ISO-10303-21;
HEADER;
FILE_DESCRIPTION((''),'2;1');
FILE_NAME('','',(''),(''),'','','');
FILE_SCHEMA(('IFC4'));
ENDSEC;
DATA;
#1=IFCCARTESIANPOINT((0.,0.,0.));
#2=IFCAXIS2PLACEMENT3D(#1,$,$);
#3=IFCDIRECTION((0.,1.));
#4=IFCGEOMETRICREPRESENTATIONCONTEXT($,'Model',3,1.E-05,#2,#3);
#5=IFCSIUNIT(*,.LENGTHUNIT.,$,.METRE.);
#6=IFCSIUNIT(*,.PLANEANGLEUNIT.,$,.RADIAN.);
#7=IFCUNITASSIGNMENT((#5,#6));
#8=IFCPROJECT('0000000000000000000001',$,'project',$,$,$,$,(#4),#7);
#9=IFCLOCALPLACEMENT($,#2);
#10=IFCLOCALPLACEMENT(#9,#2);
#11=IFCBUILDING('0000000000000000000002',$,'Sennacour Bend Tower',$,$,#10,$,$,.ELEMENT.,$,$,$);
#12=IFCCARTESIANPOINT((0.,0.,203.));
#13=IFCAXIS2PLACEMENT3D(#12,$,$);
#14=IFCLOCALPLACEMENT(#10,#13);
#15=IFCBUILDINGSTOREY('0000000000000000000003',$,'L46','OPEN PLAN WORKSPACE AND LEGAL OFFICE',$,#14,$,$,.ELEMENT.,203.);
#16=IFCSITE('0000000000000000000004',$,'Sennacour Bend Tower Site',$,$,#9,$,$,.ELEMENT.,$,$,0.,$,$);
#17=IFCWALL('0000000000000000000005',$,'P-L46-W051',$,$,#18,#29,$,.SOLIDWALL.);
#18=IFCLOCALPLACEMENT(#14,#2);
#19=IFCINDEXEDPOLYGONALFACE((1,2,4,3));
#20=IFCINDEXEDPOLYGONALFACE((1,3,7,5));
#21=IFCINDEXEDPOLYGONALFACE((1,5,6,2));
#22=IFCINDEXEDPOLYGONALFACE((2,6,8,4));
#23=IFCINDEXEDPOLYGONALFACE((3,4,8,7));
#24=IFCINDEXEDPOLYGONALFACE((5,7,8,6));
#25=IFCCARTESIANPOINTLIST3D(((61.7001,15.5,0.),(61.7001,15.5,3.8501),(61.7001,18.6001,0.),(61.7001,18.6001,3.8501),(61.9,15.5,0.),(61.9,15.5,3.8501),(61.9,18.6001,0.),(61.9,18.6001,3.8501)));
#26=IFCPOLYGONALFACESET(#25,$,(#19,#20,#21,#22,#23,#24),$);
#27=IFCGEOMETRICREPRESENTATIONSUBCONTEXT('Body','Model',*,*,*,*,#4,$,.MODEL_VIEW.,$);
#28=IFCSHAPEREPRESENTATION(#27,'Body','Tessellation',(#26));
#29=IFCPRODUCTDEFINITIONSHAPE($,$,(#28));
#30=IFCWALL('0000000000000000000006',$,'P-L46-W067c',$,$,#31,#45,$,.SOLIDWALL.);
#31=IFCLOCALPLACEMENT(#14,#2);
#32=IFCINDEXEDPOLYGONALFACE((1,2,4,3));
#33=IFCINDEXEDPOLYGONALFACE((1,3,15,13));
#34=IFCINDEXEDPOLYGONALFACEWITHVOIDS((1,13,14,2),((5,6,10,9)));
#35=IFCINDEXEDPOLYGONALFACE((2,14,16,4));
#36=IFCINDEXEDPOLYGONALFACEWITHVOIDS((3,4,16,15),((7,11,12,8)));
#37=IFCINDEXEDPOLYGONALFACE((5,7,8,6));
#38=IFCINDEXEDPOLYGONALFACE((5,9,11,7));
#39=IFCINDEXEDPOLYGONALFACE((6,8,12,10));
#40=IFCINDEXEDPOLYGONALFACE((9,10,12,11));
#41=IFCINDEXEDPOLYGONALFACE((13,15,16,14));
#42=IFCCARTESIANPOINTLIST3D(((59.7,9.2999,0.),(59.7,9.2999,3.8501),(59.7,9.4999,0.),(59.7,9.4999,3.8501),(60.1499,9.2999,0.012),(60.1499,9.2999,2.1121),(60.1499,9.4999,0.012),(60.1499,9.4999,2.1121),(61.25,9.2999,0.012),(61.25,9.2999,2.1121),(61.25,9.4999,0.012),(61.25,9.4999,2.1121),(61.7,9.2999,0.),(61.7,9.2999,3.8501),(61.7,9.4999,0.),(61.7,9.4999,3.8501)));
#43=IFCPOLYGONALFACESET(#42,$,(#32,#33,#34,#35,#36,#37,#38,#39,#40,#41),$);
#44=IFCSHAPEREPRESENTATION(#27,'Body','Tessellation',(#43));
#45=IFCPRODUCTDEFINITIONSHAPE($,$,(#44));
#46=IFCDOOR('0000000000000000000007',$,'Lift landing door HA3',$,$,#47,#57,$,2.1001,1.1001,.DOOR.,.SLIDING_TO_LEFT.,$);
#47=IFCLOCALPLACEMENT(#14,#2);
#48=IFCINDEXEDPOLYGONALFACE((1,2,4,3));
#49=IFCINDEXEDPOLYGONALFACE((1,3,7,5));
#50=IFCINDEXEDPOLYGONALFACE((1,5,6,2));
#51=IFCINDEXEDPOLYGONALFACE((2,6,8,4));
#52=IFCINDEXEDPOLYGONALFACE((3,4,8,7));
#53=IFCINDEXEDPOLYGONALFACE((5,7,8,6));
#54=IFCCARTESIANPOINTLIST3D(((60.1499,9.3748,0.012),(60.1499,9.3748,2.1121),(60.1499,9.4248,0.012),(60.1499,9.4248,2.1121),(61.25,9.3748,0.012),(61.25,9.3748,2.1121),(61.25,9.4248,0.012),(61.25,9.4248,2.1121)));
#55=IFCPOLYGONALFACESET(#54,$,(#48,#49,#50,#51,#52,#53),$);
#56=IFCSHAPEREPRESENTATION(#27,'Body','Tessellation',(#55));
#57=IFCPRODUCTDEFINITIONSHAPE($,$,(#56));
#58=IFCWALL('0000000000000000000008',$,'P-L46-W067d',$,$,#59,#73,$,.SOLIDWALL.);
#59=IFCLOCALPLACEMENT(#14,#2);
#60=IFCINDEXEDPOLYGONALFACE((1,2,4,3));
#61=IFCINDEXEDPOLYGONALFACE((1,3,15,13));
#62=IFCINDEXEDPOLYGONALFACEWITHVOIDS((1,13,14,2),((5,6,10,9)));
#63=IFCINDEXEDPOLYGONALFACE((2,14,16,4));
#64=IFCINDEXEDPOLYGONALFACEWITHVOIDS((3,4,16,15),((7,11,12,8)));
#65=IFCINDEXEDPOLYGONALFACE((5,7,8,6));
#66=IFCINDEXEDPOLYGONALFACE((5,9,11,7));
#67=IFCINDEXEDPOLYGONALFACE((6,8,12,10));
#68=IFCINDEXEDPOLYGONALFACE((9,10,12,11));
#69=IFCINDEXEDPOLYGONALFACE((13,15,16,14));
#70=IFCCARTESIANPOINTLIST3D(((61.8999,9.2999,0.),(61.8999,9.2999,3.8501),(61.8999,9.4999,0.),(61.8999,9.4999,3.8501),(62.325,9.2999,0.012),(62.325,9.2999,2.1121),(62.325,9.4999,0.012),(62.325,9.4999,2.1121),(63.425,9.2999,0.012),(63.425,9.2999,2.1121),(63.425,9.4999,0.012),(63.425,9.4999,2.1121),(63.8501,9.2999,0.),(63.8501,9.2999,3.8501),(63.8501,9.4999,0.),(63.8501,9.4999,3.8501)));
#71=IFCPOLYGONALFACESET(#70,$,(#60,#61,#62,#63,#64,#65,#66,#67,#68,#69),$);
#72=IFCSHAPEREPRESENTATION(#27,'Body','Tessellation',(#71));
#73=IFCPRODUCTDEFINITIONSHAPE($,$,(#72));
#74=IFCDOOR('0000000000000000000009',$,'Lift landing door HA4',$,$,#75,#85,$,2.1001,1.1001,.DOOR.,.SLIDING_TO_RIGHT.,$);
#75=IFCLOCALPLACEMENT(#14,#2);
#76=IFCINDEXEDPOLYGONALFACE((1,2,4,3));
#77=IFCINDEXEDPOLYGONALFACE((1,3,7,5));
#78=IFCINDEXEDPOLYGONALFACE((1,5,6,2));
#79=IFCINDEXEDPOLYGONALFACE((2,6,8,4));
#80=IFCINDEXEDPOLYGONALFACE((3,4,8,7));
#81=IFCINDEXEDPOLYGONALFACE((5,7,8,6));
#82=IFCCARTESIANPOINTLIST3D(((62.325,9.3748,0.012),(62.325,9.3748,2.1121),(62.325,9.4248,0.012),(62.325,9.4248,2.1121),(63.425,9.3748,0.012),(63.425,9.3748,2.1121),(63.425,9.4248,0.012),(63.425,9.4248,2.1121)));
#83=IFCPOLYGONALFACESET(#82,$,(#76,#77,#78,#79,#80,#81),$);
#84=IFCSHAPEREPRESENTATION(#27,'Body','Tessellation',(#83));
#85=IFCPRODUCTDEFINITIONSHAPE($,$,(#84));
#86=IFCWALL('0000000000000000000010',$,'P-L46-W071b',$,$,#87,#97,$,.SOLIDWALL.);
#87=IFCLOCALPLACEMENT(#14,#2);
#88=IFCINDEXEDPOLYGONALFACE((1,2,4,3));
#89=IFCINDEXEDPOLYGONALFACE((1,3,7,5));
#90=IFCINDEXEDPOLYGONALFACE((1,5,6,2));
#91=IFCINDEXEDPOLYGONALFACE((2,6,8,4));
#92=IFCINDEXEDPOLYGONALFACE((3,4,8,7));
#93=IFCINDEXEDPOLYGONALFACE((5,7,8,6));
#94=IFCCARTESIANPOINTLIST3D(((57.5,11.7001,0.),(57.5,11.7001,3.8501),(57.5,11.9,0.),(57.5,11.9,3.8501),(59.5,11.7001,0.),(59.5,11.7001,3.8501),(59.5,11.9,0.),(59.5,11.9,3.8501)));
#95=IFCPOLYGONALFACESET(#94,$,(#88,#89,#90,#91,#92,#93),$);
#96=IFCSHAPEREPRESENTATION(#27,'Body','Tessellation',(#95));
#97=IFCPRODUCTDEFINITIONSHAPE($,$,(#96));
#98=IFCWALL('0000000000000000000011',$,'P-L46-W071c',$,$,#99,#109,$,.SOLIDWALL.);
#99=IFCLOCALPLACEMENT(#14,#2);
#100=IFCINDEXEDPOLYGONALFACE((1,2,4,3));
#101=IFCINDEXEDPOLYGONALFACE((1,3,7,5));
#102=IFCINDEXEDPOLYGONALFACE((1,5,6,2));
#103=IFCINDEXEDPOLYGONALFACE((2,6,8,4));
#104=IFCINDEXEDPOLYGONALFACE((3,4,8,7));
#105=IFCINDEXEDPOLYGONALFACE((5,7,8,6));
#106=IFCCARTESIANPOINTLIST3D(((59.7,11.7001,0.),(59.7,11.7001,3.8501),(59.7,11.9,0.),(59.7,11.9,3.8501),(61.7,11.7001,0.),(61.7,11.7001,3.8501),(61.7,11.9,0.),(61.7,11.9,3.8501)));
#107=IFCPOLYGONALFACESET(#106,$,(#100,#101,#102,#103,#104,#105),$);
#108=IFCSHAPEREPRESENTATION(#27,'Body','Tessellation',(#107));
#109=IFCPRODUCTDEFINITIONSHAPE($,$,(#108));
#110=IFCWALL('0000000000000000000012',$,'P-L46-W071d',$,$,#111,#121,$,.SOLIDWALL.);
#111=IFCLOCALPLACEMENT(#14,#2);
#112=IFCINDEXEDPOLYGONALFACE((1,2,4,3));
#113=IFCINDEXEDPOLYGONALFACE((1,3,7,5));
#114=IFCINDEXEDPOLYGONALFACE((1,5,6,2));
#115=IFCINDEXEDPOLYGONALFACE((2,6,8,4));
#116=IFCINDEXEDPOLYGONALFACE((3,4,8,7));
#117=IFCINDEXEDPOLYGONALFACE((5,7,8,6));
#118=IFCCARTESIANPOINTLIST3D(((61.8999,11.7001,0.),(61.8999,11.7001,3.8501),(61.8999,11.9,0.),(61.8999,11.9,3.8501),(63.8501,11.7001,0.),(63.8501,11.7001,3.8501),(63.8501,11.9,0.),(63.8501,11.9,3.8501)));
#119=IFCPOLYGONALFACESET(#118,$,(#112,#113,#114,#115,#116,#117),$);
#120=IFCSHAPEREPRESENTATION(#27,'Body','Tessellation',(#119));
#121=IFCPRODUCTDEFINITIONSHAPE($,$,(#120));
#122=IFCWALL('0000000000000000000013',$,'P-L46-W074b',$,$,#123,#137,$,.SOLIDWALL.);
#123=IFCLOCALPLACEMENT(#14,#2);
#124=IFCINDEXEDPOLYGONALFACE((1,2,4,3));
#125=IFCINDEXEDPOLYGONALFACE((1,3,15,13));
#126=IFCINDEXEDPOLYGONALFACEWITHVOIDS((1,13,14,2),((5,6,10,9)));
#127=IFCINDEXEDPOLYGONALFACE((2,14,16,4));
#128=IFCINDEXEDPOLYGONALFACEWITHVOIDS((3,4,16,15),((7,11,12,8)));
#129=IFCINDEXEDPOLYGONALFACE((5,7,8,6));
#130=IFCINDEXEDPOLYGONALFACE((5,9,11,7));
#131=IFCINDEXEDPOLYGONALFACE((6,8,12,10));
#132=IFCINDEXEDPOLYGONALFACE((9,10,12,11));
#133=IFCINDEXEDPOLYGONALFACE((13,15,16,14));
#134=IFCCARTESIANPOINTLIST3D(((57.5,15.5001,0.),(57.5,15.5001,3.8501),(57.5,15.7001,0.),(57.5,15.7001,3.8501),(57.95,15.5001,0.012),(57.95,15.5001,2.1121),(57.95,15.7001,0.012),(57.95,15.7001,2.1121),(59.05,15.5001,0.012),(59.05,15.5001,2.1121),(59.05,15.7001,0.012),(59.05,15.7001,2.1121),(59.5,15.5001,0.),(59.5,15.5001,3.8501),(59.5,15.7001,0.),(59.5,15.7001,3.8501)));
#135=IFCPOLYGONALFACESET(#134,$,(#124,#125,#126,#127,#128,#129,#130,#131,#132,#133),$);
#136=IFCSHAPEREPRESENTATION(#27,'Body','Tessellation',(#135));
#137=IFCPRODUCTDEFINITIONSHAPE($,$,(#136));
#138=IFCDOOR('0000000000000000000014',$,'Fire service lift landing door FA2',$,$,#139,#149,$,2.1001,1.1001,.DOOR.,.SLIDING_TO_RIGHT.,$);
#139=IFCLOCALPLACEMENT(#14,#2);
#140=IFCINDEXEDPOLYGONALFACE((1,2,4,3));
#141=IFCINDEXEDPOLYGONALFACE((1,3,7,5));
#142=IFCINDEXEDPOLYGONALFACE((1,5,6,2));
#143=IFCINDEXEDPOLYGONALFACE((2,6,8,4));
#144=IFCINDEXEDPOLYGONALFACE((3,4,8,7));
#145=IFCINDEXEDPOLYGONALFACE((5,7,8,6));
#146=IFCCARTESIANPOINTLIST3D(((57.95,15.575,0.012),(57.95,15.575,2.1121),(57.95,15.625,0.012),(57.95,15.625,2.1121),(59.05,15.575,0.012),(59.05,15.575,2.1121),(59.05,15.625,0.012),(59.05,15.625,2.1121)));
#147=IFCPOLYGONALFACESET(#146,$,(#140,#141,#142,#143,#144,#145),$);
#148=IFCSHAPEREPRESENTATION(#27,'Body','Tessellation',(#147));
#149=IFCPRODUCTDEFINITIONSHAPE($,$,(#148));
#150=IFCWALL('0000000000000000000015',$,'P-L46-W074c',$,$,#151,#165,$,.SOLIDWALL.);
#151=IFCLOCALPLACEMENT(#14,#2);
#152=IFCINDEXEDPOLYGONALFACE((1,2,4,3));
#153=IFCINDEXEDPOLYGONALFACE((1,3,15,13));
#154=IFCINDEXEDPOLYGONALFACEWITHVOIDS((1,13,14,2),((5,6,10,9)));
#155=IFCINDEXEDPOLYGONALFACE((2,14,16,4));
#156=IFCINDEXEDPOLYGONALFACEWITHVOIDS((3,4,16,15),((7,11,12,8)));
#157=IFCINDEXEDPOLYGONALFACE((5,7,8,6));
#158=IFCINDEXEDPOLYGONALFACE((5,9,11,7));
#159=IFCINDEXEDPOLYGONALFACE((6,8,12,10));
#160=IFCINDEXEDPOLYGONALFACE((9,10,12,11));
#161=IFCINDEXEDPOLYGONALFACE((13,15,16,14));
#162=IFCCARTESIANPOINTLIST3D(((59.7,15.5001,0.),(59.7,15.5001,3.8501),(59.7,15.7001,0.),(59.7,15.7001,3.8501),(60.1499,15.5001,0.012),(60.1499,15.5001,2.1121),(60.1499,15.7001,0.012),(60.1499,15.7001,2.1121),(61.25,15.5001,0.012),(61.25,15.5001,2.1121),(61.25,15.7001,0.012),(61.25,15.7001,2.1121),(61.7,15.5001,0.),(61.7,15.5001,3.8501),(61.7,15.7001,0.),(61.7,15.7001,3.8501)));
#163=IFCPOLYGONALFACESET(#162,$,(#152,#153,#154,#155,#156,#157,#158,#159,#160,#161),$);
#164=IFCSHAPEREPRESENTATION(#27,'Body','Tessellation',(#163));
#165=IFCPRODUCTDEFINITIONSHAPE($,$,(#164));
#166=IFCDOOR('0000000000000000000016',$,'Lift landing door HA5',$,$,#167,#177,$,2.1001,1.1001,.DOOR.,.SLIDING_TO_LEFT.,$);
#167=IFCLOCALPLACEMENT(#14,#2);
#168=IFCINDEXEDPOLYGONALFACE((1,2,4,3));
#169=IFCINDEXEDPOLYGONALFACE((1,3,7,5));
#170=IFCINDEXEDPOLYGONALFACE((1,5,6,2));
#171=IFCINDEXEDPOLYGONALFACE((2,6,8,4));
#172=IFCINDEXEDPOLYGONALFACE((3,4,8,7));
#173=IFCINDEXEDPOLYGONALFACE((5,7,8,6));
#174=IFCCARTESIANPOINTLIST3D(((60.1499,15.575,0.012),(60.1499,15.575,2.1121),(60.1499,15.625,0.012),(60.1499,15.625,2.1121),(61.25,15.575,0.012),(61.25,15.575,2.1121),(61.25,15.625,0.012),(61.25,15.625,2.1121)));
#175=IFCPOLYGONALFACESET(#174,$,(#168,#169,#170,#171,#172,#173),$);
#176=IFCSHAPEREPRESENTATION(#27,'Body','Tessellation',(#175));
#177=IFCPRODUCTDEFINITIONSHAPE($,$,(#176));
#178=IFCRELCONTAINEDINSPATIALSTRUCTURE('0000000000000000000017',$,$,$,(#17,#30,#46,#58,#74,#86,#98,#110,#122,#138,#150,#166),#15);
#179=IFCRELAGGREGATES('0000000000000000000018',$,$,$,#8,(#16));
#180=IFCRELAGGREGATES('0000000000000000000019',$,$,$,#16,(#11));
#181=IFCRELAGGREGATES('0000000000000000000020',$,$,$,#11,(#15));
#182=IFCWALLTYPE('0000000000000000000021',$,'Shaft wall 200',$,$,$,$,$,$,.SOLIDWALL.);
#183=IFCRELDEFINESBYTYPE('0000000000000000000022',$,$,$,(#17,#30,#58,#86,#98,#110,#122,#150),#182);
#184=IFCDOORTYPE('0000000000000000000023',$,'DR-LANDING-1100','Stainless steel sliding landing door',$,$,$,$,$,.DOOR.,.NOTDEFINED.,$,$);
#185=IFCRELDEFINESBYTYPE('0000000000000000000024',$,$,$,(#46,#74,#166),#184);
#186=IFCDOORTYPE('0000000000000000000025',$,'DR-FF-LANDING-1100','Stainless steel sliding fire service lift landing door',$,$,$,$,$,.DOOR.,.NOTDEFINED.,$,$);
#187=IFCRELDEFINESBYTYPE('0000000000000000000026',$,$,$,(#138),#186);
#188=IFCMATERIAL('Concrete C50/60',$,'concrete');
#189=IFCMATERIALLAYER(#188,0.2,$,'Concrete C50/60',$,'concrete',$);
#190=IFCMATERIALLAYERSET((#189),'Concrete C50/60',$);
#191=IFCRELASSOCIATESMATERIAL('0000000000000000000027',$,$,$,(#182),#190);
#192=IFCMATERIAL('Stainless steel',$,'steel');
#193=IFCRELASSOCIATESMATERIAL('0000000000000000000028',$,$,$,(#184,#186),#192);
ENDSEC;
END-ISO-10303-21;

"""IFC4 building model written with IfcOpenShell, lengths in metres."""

from ifc_helpers import new_model, si_unit, direction, frame, frame_2d, origin, place, context, subcontext, project, spatial, rectangle, extrude, material, layer, layer_set, type_object, element, fill, save


model = new_model("IFC4")

# Units and contexts
model_context = context("Model", 3, precision=1e-05, world=origin(), true_north=direction((0.0, 1.0)))
body_context = subcontext(model_context, "Body", "Model", "MODEL_VIEW")
ifc_project = project(units=[si_unit("LENGTHUNIT", "METRE"), si_unit("PLANEANGLEUNIT", "RADIAN")], contexts=[model_context])

# Site, building, storey
site_placement = place(None, origin())
site = spatial("IfcSite", under=ifc_project, at=site_placement, Name="Sennacour Bend Tower Site", CompositionType="ELEMENT", RefElevation=0.0)
building_placement = place(site_placement, origin())
building = spatial("IfcBuilding", under=site, at=building_placement, Name="Sennacour Bend Tower", CompositionType="ELEMENT")
storey_placement = place(building_placement, frame((0.0, 0.0, 203.0)))
storey = spatial("IfcBuildingStorey", under=building, at=storey_placement, Name="L46", Description="OPEN PLAN WORKSPACE AND LEGAL OFFICE", CompositionType="ELEMENT", Elevation=203.0)

# Wall
ifc_material_1 = material(Name="Concrete C50/60", Category="concrete")
ifc_layer_1 = layer(ifc_material_1, 0.2, Name="Concrete C50/60", Category="concrete")
ifc_layer_set_1 = layer_set([ifc_layer_1], Name="Concrete C50/60")
wall_type_1 = type_object("IfcWallType", Name="Shaft wall 200", PredefinedType="SOLIDWALL", material=ifc_layer_set_1)
wall_1_placement = place(storey_placement, frame((61.8, 15.5, 0.0), z_axis=(0.0, 0.0, 1.0), x_axis=(0.0, 1.0, 0.0)))
element("IfcWall", 1, at=wall_1_placement, inside=storey, type_object=wall_type_1, Name="P-L46-W051", PredefinedType="SOLIDWALL", context=body_context, shape_type="SweptSolid", body=[
    extrude(rectangle(XDim=3.1001, YDim=0.2, at=frame_2d((1.55, 0.0))), origin(), (0.0, 0.0, 1.0), 3.8501),
])

# Walls, openings, doors
wall_2_placement = place(storey_placement, frame((59.7, 9.3999, 0.0), z_axis=(0.0, 0.0, 1.0), x_axis=(1.0, 0.0, 0.0)))
wall_2 = element("IfcWall", 2, at=wall_2_placement, inside=storey, type_object=wall_type_1, Name="P-L46-W067c", PredefinedType="SOLIDWALL", context=body_context, shape_type="SweptSolid", body=[
    extrude(rectangle(XDim=2.0, YDim=0.2, at=frame_2d((1.0, 0.0))), origin(), (0.0, 0.0, 1.0), 3.8501),
])
opening_1_placement = place(wall_2_placement, frame((0.45, 0.0, 0.012)))
opening_1 = element("IfcOpeningElement", 3, at=opening_1_placement, cuts=wall_2, PredefinedType="OPENING", context=body_context, shape_type="SweptSolid", body=[
    extrude(rectangle(XDim=1.1001, YDim=2.1001, at=frame_2d((0.55, 1.05))), frame((0.0, 0.1099, 0.0), z_axis=(0.0, -1.0, 0.0), x_axis=(1.0, 0.0, 0.0)), (0.0, 0.0, 1.0), 0.22),
])
ifc_material_2 = material(Name="Stainless steel", Category="steel")
door_type_1 = type_object("IfcDoorType", Name="DR-LANDING-1100", Description="Stainless steel sliding landing door", OperationType="NOTDEFINED", PredefinedType="DOOR", material=ifc_material_2)
door_1_placement = place(opening_1_placement, origin())
door_1 = element("IfcDoor", 4, at=door_1_placement, inside=storey, type_object=door_type_1, Name="Lift landing door HA3", OperationType="SLIDING_TO_LEFT", OverallHeight=2.1001, OverallWidth=1.1001, PredefinedType="DOOR", context=body_context, shape_type="SweptSolid", body=[
    extrude(rectangle(XDim=1.1001, YDim=2.1001, at=frame_2d((0.55, 1.05))), frame((0.0, 0.0249, 0.0), z_axis=(0.0, -1.0, 0.0), x_axis=(1.0, 0.0, 0.0)), (0.0, 0.0, 1.0), 0.05),
])
fill(opening_1, door_1)
wall_3_placement = place(storey_placement, frame((61.8999, 9.3999, 0.0), z_axis=(0.0, 0.0, 1.0), x_axis=(1.0, 0.0, 0.0)))
wall_3 = element("IfcWall", 5, at=wall_3_placement, inside=storey, type_object=wall_type_1, Name="P-L46-W067d", PredefinedType="SOLIDWALL", context=body_context, shape_type="SweptSolid", body=[
    extrude(rectangle(XDim=1.9502, YDim=0.2, at=frame_2d((0.9751, 0.0))), origin(), (0.0, 0.0, 1.0), 3.8501),
])
opening_2_placement = place(wall_3_placement, frame((0.425, 0.0, 0.012)))
opening_2 = element("IfcOpeningElement", 6, at=opening_2_placement, cuts=wall_3, PredefinedType="OPENING", context=body_context, shape_type="SweptSolid", body=[
    extrude(rectangle(XDim=1.1001, YDim=2.1001, at=frame_2d((0.55, 1.05))), frame((0.0, 0.1099, 0.0), z_axis=(0.0, -1.0, 0.0), x_axis=(1.0, 0.0, 0.0)), (0.0, 0.0, 1.0), 0.22),
])
door_2_placement = place(opening_2_placement, origin())
door_2 = element("IfcDoor", 7, at=door_2_placement, inside=storey, type_object=door_type_1, Name="Lift landing door HA4", OperationType="SLIDING_TO_RIGHT", OverallHeight=2.1001, OverallWidth=1.1001, PredefinedType="DOOR", context=body_context, shape_type="SweptSolid", body=[
    extrude(rectangle(XDim=1.1001, YDim=2.1001, at=frame_2d((0.55, 1.05))), frame((0.0, 0.0249, 0.0), z_axis=(0.0, -1.0, 0.0), x_axis=(1.0, 0.0, 0.0)), (0.0, 0.0, 1.0), 0.05),
])
fill(opening_2, door_2)

# Walls
for number, where, z_axis, x_axis, name in (
    (8, (57.5, 11.8, 0.0), (0.0, 0.0, 1.0), (1.0, 0.0, 0.0), "P-L46-W071b"),
    (9, (59.7, 11.8, 0.0), (0.0, 0.0, 1.0), (1.0, 0.0, 0.0), "P-L46-W071c"),
):
    element("IfcWall", number, at=place(storey_placement, frame(where, z_axis=z_axis, x_axis=x_axis)), inside=storey, type_object=wall_type_1, Name=name, PredefinedType="SOLIDWALL", context=body_context, shape_type="SweptSolid", body=[
        extrude(rectangle(XDim=2.0, YDim=0.2, at=frame_2d((1.0, 0.0))), origin(), (0.0, 0.0, 1.0), 3.8501),
    ])
wall_4_placement = place(storey_placement, frame((61.8999, 11.8, 0.0), z_axis=(0.0, 0.0, 1.0), x_axis=(1.0, 0.0, 0.0)))
element("IfcWall", 10, at=wall_4_placement, inside=storey, type_object=wall_type_1, Name="P-L46-W071d", PredefinedType="SOLIDWALL", context=body_context, shape_type="SweptSolid", body=[
    extrude(rectangle(XDim=1.9502, YDim=0.2, at=frame_2d((0.9751, 0.0))), origin(), (0.0, 0.0, 1.0), 3.8501),
])

# Walls, openings, doors
wall_5_placement = place(storey_placement, frame((57.5, 15.6001, 0.0), z_axis=(0.0, 0.0, 1.0), x_axis=(1.0, 0.0, 0.0)))
wall_5 = element("IfcWall", 11, at=wall_5_placement, inside=storey, type_object=wall_type_1, Name="P-L46-W074b", PredefinedType="SOLIDWALL", context=body_context, shape_type="SweptSolid", body=[
    extrude(rectangle(XDim=2.0, YDim=0.2, at=frame_2d((1.0, 0.0))), origin(), (0.0, 0.0, 1.0), 3.8501),
])
opening_3_placement = place(wall_5_placement, frame((0.45, 0.0, 0.012)))
opening_3 = element("IfcOpeningElement", 12, at=opening_3_placement, cuts=wall_5, PredefinedType="OPENING", context=body_context, shape_type="SweptSolid", body=[
    extrude(rectangle(XDim=1.1001, YDim=2.1001, at=frame_2d((0.55, 1.05))), frame((0.0, 0.1099, 0.0), z_axis=(0.0, -1.0, 0.0), x_axis=(1.0, 0.0, 0.0)), (0.0, 0.0, 1.0), 0.22),
])
door_type_2 = type_object("IfcDoorType", Name="DR-FF-LANDING-1100", Description="Stainless steel sliding fire service lift landing door", OperationType="NOTDEFINED", PredefinedType="DOOR", material=ifc_material_2)
door_3_placement = place(opening_3_placement, origin())
door_3 = element("IfcDoor", 13, at=door_3_placement, inside=storey, type_object=door_type_2, Name="Fire service lift landing door FA2", OperationType="SLIDING_TO_RIGHT", OverallHeight=2.1001, OverallWidth=1.1001, PredefinedType="DOOR", context=body_context, shape_type="SweptSolid", body=[
    extrude(rectangle(XDim=1.1001, YDim=2.1001, at=frame_2d((0.55, 1.05))), frame((0.0, 0.0249, 0.0), z_axis=(0.0, -1.0, 0.0), x_axis=(1.0, 0.0, 0.0)), (0.0, 0.0, 1.0), 0.05),
])
fill(opening_3, door_3)
wall_6_placement = place(storey_placement, frame((59.7, 15.6001, 0.0), z_axis=(0.0, 0.0, 1.0), x_axis=(1.0, 0.0, 0.0)))
wall_6 = element("IfcWall", 14, at=wall_6_placement, inside=storey, type_object=wall_type_1, Name="P-L46-W074c", PredefinedType="SOLIDWALL", context=body_context, shape_type="SweptSolid", body=[
    extrude(rectangle(XDim=2.0, YDim=0.2, at=frame_2d((1.0, 0.0))), origin(), (0.0, 0.0, 1.0), 3.8501),
])
opening_4_placement = place(wall_6_placement, frame((0.45, 0.0, 0.012)))
opening_4 = element("IfcOpeningElement", 15, at=opening_4_placement, cuts=wall_6, PredefinedType="OPENING", context=body_context, shape_type="SweptSolid", body=[
    extrude(rectangle(XDim=1.1001, YDim=2.1001, at=frame_2d((0.55, 1.05))), frame((0.0, 0.1099, 0.0), z_axis=(0.0, -1.0, 0.0), x_axis=(1.0, 0.0, 0.0)), (0.0, 0.0, 1.0), 0.22),
])
door_4_placement = place(opening_4_placement, origin())
door_4 = element("IfcDoor", 16, at=door_4_placement, inside=storey, type_object=door_type_1, Name="Lift landing door HA5", OperationType="SLIDING_TO_LEFT", OverallHeight=2.1001, OverallWidth=1.1001, PredefinedType="DOOR", context=body_context, shape_type="SweptSolid", body=[
    extrude(rectangle(XDim=1.1001, YDim=2.1001, at=frame_2d((0.55, 1.05))), frame((0.0, 0.0249, 0.0), z_axis=(0.0, -1.0, 0.0), x_axis=(1.0, 0.0, 0.0)), (0.0, 0.0, 1.0), 0.05),
])
fill(opening_4, door_4)

save(model, "model.ifc")
